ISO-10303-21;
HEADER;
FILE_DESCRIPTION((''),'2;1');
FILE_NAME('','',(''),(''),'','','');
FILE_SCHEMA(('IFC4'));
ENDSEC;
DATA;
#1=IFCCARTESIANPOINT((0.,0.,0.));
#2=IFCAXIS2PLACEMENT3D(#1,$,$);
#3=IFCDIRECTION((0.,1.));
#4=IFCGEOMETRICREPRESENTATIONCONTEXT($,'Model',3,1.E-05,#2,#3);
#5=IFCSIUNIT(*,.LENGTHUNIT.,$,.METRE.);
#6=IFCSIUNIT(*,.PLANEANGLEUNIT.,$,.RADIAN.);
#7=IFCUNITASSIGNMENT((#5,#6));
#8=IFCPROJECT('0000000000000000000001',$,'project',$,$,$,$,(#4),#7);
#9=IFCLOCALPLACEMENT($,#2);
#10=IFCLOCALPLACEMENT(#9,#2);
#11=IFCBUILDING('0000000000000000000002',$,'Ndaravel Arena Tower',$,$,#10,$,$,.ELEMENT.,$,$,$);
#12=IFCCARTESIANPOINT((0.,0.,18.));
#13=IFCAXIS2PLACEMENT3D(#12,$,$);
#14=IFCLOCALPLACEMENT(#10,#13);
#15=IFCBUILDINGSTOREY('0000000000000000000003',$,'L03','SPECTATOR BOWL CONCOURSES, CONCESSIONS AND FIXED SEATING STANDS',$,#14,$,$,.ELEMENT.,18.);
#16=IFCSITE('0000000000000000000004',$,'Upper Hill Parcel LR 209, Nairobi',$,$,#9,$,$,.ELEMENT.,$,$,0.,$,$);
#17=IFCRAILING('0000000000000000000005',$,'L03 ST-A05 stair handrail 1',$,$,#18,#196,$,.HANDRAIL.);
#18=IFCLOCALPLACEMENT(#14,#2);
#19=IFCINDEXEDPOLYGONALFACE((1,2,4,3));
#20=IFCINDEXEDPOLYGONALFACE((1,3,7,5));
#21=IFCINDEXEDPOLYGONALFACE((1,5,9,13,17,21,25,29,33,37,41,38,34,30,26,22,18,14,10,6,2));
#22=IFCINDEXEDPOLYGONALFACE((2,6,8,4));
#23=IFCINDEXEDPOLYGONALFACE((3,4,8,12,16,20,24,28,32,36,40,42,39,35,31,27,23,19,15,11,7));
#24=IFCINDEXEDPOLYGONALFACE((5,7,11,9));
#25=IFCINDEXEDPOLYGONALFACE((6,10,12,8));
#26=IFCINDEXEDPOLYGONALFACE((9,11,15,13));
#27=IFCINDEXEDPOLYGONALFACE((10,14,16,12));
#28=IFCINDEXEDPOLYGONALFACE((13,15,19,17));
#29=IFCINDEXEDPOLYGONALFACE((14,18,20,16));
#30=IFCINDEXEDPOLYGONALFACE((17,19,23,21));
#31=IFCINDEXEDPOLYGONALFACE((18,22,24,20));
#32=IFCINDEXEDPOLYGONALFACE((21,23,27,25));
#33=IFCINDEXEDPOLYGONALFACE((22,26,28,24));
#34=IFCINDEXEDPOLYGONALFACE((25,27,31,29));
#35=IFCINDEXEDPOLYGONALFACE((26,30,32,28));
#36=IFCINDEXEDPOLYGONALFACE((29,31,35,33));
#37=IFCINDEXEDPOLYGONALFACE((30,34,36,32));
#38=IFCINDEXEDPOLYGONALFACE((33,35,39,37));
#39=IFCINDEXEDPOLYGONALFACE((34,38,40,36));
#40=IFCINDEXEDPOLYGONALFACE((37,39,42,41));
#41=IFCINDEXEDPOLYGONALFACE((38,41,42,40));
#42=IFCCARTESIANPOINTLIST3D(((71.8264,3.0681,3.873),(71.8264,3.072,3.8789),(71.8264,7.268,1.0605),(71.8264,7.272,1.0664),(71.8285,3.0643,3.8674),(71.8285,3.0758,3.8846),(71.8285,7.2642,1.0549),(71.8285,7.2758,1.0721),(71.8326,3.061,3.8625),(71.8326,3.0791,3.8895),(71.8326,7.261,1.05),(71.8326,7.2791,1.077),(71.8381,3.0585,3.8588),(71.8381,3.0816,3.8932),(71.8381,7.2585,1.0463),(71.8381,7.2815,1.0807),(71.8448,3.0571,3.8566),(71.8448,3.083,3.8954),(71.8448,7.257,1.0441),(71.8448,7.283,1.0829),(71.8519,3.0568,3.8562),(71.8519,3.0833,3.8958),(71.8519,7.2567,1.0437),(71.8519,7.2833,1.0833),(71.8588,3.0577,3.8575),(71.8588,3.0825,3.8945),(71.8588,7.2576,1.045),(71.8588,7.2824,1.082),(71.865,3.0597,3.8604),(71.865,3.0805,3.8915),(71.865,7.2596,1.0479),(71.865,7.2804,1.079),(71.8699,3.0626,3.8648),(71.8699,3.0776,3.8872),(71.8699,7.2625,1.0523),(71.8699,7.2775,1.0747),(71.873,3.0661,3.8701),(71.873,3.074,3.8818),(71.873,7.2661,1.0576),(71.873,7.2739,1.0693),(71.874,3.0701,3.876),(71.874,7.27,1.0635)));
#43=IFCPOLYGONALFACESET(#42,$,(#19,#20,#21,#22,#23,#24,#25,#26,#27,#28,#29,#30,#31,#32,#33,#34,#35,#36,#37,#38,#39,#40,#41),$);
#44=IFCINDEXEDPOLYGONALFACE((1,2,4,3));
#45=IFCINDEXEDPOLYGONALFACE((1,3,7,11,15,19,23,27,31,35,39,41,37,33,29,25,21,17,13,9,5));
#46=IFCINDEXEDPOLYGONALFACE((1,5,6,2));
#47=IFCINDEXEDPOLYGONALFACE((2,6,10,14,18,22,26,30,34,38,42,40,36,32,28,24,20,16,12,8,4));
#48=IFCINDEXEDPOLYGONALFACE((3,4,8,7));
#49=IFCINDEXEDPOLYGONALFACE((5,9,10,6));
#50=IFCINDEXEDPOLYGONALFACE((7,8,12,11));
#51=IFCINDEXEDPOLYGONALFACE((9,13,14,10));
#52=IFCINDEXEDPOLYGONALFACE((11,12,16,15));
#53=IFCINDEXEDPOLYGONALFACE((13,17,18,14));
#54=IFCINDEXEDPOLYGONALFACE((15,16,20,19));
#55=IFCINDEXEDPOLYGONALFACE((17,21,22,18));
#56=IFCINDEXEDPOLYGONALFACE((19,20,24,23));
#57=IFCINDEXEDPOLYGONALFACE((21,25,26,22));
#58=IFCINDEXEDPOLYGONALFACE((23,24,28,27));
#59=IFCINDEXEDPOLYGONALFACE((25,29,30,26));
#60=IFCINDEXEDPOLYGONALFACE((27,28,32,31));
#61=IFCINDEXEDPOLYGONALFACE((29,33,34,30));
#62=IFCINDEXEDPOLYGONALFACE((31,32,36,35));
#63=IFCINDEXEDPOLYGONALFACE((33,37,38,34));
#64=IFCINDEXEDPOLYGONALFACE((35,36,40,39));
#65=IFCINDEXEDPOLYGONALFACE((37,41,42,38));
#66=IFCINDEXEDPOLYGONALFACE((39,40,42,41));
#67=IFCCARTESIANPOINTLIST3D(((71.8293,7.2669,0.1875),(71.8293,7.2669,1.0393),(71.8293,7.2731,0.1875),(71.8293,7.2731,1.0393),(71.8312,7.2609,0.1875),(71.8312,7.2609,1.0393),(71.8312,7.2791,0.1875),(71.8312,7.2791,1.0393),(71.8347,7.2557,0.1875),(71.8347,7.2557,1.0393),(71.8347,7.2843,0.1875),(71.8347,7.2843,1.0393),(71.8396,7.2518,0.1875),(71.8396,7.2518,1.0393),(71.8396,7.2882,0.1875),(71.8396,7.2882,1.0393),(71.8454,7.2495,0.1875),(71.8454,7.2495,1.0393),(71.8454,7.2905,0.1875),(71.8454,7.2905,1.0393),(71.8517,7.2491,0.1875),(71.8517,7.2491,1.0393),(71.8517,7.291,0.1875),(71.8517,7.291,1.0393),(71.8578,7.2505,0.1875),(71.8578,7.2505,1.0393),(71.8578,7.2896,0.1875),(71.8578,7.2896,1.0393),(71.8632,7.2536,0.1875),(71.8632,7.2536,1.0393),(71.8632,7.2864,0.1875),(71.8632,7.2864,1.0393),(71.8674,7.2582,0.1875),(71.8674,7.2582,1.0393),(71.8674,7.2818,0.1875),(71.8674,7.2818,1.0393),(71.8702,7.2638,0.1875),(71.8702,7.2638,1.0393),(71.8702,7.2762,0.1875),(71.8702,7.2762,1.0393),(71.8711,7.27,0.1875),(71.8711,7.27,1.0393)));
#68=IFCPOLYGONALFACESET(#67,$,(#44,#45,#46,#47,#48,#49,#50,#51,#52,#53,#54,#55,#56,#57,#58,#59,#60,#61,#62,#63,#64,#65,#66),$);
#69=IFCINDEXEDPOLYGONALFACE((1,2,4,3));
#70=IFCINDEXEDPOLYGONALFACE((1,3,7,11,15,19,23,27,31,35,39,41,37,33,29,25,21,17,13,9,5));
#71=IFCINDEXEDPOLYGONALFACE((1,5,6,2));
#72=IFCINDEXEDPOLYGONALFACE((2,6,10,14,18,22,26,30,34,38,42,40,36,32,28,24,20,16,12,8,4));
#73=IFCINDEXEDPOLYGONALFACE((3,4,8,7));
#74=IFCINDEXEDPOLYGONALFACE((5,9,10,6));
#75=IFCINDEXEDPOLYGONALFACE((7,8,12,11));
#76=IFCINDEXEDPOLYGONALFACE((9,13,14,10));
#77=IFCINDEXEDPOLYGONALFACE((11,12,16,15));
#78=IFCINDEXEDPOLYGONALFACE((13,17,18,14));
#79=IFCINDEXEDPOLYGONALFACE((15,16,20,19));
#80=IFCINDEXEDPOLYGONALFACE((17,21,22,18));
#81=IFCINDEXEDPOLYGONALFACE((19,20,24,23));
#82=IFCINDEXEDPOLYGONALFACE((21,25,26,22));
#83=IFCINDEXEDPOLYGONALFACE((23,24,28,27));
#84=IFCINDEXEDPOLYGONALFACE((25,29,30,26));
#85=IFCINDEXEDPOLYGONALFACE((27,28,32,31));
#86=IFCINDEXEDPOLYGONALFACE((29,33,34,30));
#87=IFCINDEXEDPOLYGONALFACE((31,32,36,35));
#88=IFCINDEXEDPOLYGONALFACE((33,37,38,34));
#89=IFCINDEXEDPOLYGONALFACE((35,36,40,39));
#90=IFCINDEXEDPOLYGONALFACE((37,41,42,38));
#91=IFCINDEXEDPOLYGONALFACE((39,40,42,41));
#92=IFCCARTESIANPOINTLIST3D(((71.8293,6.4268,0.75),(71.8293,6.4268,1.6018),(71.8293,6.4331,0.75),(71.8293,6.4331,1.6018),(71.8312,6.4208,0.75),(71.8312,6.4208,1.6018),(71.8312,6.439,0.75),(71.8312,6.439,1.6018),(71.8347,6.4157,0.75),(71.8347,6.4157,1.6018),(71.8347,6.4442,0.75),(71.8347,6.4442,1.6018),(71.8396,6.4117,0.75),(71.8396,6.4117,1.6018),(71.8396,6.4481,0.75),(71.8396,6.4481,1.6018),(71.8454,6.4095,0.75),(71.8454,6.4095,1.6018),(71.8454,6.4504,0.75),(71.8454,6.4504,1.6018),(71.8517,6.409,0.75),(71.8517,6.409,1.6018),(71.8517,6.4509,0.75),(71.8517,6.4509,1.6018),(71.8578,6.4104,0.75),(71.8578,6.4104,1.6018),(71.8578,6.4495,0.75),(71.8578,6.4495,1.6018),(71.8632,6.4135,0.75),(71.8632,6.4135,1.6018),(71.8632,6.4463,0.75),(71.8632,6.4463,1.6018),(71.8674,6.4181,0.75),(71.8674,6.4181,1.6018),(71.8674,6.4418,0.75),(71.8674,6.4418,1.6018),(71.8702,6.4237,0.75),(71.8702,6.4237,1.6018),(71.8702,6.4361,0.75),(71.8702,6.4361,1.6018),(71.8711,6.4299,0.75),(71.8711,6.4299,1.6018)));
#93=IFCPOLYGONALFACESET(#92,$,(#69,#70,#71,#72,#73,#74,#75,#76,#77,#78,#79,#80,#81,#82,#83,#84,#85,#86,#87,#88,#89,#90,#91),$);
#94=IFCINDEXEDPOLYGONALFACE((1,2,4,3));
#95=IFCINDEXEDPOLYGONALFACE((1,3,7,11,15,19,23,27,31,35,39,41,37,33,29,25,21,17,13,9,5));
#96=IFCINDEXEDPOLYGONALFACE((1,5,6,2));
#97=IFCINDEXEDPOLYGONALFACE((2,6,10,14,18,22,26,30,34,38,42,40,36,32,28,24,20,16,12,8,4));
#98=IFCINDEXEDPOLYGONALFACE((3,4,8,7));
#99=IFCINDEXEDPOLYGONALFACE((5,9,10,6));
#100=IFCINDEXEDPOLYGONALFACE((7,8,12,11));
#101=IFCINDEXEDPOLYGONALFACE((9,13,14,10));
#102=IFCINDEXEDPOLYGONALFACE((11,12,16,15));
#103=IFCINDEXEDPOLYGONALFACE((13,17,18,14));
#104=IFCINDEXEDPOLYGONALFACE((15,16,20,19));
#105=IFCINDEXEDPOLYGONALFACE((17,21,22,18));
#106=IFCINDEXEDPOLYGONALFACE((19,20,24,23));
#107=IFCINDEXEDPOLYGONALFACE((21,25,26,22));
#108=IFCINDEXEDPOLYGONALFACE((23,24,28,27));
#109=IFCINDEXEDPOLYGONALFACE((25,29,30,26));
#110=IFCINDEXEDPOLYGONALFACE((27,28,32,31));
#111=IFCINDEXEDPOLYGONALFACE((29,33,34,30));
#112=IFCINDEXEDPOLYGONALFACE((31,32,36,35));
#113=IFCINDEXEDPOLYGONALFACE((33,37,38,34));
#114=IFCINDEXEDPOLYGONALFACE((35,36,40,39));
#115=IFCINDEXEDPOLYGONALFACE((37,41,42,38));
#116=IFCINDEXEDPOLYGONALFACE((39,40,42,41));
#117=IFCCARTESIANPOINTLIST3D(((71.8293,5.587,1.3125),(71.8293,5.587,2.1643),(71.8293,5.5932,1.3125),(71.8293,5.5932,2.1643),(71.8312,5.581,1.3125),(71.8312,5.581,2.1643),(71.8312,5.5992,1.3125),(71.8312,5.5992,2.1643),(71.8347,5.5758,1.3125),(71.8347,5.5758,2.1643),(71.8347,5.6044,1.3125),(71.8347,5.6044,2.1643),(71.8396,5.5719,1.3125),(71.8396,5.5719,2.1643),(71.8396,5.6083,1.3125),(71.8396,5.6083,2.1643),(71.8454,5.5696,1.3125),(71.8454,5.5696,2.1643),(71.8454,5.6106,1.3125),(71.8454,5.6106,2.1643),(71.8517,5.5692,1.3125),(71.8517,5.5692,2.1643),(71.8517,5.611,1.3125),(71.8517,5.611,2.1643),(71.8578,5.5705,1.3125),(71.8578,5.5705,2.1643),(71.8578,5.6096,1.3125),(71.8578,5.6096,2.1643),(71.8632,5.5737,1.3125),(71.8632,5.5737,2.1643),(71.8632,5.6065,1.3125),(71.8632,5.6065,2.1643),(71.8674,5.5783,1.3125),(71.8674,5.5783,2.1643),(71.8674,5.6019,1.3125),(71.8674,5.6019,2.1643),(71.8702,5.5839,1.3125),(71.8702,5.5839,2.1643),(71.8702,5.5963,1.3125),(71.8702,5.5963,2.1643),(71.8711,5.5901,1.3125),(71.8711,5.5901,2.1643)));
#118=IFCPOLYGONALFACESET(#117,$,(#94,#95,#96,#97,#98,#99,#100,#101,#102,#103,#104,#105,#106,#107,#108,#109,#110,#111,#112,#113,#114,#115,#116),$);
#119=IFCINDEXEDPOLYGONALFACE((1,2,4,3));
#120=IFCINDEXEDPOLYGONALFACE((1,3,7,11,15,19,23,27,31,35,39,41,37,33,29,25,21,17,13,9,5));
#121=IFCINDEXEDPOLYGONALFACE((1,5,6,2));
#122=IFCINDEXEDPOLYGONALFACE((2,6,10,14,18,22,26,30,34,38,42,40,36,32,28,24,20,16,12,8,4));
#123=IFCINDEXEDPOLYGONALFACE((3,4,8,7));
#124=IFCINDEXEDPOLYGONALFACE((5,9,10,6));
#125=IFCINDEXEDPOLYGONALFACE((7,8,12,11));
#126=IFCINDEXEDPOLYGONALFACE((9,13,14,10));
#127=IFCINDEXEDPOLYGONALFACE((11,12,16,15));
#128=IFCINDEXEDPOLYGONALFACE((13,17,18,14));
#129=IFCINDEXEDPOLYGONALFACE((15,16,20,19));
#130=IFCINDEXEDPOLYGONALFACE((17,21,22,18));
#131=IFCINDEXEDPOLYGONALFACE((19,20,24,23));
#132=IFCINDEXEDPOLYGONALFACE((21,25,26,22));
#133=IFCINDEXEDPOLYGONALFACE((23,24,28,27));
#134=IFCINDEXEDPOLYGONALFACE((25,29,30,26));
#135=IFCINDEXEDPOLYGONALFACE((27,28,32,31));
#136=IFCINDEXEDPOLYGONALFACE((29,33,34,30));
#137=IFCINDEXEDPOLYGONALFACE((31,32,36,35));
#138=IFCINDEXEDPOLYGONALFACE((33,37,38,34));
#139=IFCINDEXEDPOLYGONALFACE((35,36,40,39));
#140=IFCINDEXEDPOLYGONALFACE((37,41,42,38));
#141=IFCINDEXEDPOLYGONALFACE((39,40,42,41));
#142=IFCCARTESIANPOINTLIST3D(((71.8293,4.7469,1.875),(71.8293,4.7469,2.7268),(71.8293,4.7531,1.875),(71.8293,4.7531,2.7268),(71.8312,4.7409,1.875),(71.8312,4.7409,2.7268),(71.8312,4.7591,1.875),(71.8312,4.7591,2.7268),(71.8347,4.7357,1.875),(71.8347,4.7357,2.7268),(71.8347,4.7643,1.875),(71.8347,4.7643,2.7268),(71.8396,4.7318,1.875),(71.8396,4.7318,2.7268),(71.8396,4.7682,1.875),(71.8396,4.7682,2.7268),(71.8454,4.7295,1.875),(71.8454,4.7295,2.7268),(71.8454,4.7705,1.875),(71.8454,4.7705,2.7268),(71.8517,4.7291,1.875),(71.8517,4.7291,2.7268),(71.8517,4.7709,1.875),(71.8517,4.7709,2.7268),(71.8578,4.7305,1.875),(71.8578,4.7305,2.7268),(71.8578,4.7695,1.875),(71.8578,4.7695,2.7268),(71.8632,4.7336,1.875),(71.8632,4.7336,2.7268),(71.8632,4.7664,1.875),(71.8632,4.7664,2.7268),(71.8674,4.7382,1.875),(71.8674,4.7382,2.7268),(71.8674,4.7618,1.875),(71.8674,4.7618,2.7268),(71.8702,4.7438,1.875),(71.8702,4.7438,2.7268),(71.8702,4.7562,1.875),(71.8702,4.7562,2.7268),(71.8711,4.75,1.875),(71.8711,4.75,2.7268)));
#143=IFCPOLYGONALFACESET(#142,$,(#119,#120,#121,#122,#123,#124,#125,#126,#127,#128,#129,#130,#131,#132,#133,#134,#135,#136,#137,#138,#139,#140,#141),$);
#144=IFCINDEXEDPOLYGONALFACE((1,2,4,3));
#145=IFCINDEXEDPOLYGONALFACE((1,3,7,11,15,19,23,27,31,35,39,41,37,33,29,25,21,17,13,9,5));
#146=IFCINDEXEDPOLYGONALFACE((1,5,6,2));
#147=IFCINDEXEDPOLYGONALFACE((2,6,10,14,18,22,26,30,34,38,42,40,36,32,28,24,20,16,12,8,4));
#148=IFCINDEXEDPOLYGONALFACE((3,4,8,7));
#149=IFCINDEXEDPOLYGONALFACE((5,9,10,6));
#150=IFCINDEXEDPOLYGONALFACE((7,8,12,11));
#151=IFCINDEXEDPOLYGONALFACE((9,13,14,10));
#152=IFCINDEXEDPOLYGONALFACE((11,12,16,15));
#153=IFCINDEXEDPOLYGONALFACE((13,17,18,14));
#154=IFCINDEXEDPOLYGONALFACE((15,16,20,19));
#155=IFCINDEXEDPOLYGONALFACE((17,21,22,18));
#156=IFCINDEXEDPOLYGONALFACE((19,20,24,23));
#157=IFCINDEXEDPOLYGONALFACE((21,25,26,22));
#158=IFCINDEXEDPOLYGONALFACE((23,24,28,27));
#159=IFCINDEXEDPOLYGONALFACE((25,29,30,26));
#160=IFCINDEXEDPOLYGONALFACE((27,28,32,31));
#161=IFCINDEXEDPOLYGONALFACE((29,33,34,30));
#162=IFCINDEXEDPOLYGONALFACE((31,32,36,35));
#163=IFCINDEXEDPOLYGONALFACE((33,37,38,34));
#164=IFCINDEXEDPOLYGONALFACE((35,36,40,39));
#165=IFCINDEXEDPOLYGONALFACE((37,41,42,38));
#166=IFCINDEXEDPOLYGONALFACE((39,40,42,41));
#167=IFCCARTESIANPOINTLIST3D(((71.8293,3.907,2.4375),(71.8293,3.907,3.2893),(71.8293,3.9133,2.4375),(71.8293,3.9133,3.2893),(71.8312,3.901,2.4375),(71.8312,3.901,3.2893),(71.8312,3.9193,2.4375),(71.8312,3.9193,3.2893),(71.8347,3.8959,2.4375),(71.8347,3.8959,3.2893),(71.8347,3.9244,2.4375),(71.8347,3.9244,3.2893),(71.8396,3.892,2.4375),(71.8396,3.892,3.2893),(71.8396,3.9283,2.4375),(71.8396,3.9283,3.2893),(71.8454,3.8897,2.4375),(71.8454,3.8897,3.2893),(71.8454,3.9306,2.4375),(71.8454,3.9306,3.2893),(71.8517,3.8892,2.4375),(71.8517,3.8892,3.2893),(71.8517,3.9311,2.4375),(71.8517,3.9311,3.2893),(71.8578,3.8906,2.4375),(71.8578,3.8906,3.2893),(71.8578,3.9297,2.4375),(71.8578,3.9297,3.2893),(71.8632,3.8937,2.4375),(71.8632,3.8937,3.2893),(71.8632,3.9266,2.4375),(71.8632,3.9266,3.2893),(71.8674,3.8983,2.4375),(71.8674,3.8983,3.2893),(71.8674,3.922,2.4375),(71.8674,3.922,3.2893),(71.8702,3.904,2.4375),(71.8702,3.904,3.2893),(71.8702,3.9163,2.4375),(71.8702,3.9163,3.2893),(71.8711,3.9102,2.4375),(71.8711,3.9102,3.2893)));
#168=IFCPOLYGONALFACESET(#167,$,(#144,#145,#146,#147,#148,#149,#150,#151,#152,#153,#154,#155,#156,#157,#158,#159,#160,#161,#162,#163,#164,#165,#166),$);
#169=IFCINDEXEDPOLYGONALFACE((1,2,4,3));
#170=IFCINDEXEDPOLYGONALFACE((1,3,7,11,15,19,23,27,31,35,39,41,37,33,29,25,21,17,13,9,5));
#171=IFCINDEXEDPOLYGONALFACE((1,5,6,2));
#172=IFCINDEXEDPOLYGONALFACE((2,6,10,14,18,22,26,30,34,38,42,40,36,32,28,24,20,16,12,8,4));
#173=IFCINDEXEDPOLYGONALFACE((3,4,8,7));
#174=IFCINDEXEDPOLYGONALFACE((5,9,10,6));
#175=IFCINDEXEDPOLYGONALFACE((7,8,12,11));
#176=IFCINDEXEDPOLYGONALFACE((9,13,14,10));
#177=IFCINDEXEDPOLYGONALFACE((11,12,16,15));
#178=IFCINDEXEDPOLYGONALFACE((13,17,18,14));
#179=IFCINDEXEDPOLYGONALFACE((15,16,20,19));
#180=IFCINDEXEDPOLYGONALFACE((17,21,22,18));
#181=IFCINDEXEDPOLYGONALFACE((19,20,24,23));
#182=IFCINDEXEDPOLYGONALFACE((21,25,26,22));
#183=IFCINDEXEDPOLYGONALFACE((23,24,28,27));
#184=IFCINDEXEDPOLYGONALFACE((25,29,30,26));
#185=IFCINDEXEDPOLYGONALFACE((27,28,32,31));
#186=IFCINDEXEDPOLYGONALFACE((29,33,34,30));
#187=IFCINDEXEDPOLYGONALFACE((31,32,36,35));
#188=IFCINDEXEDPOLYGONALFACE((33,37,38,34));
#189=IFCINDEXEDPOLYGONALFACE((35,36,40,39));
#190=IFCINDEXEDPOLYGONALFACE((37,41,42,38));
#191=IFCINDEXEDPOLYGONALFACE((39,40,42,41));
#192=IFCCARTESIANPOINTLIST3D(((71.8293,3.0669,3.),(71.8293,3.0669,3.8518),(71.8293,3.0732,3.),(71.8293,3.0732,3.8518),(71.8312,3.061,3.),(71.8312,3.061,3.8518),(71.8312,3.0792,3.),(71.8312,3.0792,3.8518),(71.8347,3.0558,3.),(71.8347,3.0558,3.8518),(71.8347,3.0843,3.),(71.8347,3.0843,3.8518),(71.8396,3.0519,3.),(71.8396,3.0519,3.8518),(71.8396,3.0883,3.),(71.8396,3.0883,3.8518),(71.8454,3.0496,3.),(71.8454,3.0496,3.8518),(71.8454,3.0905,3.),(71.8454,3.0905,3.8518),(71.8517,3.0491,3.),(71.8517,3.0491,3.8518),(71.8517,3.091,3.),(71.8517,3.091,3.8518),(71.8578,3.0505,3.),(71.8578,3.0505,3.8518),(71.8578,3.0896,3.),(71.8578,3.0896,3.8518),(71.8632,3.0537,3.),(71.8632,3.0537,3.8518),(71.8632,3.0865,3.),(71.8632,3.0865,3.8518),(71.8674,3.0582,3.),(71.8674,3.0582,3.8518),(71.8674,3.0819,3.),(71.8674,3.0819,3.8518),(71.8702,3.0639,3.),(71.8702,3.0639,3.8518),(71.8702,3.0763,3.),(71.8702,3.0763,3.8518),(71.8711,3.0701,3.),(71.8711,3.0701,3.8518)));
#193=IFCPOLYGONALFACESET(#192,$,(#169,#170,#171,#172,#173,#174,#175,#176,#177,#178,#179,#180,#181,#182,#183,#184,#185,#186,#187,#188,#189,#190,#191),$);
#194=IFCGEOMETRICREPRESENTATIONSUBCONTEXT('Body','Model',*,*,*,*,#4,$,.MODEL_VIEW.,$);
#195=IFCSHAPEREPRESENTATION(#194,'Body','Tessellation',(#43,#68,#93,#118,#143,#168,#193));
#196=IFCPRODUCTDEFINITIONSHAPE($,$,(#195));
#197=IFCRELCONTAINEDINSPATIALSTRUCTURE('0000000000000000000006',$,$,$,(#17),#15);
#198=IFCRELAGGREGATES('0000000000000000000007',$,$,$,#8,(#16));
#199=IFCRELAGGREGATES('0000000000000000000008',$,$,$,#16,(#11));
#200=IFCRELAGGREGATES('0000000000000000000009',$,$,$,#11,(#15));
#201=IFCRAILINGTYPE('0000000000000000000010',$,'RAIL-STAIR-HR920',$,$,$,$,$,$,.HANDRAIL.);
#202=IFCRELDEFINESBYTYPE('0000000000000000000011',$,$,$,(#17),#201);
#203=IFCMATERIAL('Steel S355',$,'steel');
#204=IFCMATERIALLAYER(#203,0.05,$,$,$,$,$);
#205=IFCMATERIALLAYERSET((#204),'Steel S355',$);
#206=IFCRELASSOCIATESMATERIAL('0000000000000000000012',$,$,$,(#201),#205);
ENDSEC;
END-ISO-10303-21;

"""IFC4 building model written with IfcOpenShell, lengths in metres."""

from ifc_helpers import new_model, si_unit, direction, frame, origin, origin_2d, place, context, subcontext, project, spatial, circle, extrude, material, layer, layer_set, type_object, element, save


model = new_model("IFC4")

# Units and contexts
model_context = context("Model", 3, precision=1e-05, world=origin(), true_north=direction((0.0, 1.0)))
body_context = subcontext(model_context, "Body", "Model", "MODEL_VIEW")
ifc_project = project(units=[si_unit("LENGTHUNIT", "METRE"), si_unit("PLANEANGLEUNIT", "RADIAN")], contexts=[model_context])

# Site, building, storey
site_placement = place(None, origin())
site = spatial("IfcSite", under=ifc_project, at=site_placement, Name="Upper Hill Parcel LR 209, Nairobi", CompositionType="ELEMENT", RefElevation=0.0)
building_placement = place(site_placement, origin())
building = spatial("IfcBuilding", under=site, at=building_placement, Name="Ndaravel Arena Tower", CompositionType="ELEMENT")
storey_placement = place(building_placement, frame((0.0, 0.0, 18.0)))
storey = spatial("IfcBuildingStorey", under=building, at=storey_placement, Name="L03", Description="SPECTATOR BOWL CONCOURSES, CONCESSIONS AND FIXED SEATING STANDS", CompositionType="ELEMENT", Elevation=18.0)

# Railing
ifc_material_1 = material(Name="Steel S355", Category="steel")
ifc_layer_1 = layer(ifc_material_1, 0.05)
ifc_layer_set_1 = layer_set([ifc_layer_1], Name="Steel S355")
railing_type_1 = type_object("IfcRailingType", Name="RAIL-STAIR-HR920", PredefinedType="HANDRAIL", material=ifc_layer_set_1)
railing_1_placement = place(storey_placement, frame((71.8501, 7.27, 0.1875)))
element("IfcRailing", 1, at=railing_1_placement, inside=storey, type_object=railing_type_1, Name="L03 ST-A05 stair handrail 1", PredefinedType="HANDRAIL", context=body_context, shape_type="SweptSolid", body=[
    extrude(circle(Radius=0.0239, at=origin_2d()), frame((0.0, 0.0, 0.876), z_axis=(0.0, -0.830904, 0.556416), x_axis=(1.0, 0.0, 0.0)), (0.0, 0.0, 1.0), 5.0547),
    extrude(circle(Radius=0.021, at=origin_2d()), origin(), (0.0, 0.0, 1.0), 0.8518),
    extrude(circle(Radius=0.021, at=origin_2d()), frame((0.0, -0.8401, 0.5625)), (0.0, 0.0, 1.0), 0.8518),
    extrude(circle(Radius=0.021, at=origin_2d()), frame((0.0, -1.6799, 1.125)), (0.0, 0.0, 1.0), 0.8518),
    extrude(circle(Radius=0.021, at=origin_2d()), frame((0.0, -2.52, 1.6875)), (0.0, 0.0, 1.0), 0.8518),
    extrude(circle(Radius=0.021, at=origin_2d()), frame((0.0, -3.3599, 2.25)), (0.0, 0.0, 1.0), 0.8518),
    extrude(circle(Radius=0.021, at=origin_2d()), frame((0.0, -4.2, 2.8125)), (0.0, 0.0, 1.0), 0.8518),
])

save(model, "model.ifc")
